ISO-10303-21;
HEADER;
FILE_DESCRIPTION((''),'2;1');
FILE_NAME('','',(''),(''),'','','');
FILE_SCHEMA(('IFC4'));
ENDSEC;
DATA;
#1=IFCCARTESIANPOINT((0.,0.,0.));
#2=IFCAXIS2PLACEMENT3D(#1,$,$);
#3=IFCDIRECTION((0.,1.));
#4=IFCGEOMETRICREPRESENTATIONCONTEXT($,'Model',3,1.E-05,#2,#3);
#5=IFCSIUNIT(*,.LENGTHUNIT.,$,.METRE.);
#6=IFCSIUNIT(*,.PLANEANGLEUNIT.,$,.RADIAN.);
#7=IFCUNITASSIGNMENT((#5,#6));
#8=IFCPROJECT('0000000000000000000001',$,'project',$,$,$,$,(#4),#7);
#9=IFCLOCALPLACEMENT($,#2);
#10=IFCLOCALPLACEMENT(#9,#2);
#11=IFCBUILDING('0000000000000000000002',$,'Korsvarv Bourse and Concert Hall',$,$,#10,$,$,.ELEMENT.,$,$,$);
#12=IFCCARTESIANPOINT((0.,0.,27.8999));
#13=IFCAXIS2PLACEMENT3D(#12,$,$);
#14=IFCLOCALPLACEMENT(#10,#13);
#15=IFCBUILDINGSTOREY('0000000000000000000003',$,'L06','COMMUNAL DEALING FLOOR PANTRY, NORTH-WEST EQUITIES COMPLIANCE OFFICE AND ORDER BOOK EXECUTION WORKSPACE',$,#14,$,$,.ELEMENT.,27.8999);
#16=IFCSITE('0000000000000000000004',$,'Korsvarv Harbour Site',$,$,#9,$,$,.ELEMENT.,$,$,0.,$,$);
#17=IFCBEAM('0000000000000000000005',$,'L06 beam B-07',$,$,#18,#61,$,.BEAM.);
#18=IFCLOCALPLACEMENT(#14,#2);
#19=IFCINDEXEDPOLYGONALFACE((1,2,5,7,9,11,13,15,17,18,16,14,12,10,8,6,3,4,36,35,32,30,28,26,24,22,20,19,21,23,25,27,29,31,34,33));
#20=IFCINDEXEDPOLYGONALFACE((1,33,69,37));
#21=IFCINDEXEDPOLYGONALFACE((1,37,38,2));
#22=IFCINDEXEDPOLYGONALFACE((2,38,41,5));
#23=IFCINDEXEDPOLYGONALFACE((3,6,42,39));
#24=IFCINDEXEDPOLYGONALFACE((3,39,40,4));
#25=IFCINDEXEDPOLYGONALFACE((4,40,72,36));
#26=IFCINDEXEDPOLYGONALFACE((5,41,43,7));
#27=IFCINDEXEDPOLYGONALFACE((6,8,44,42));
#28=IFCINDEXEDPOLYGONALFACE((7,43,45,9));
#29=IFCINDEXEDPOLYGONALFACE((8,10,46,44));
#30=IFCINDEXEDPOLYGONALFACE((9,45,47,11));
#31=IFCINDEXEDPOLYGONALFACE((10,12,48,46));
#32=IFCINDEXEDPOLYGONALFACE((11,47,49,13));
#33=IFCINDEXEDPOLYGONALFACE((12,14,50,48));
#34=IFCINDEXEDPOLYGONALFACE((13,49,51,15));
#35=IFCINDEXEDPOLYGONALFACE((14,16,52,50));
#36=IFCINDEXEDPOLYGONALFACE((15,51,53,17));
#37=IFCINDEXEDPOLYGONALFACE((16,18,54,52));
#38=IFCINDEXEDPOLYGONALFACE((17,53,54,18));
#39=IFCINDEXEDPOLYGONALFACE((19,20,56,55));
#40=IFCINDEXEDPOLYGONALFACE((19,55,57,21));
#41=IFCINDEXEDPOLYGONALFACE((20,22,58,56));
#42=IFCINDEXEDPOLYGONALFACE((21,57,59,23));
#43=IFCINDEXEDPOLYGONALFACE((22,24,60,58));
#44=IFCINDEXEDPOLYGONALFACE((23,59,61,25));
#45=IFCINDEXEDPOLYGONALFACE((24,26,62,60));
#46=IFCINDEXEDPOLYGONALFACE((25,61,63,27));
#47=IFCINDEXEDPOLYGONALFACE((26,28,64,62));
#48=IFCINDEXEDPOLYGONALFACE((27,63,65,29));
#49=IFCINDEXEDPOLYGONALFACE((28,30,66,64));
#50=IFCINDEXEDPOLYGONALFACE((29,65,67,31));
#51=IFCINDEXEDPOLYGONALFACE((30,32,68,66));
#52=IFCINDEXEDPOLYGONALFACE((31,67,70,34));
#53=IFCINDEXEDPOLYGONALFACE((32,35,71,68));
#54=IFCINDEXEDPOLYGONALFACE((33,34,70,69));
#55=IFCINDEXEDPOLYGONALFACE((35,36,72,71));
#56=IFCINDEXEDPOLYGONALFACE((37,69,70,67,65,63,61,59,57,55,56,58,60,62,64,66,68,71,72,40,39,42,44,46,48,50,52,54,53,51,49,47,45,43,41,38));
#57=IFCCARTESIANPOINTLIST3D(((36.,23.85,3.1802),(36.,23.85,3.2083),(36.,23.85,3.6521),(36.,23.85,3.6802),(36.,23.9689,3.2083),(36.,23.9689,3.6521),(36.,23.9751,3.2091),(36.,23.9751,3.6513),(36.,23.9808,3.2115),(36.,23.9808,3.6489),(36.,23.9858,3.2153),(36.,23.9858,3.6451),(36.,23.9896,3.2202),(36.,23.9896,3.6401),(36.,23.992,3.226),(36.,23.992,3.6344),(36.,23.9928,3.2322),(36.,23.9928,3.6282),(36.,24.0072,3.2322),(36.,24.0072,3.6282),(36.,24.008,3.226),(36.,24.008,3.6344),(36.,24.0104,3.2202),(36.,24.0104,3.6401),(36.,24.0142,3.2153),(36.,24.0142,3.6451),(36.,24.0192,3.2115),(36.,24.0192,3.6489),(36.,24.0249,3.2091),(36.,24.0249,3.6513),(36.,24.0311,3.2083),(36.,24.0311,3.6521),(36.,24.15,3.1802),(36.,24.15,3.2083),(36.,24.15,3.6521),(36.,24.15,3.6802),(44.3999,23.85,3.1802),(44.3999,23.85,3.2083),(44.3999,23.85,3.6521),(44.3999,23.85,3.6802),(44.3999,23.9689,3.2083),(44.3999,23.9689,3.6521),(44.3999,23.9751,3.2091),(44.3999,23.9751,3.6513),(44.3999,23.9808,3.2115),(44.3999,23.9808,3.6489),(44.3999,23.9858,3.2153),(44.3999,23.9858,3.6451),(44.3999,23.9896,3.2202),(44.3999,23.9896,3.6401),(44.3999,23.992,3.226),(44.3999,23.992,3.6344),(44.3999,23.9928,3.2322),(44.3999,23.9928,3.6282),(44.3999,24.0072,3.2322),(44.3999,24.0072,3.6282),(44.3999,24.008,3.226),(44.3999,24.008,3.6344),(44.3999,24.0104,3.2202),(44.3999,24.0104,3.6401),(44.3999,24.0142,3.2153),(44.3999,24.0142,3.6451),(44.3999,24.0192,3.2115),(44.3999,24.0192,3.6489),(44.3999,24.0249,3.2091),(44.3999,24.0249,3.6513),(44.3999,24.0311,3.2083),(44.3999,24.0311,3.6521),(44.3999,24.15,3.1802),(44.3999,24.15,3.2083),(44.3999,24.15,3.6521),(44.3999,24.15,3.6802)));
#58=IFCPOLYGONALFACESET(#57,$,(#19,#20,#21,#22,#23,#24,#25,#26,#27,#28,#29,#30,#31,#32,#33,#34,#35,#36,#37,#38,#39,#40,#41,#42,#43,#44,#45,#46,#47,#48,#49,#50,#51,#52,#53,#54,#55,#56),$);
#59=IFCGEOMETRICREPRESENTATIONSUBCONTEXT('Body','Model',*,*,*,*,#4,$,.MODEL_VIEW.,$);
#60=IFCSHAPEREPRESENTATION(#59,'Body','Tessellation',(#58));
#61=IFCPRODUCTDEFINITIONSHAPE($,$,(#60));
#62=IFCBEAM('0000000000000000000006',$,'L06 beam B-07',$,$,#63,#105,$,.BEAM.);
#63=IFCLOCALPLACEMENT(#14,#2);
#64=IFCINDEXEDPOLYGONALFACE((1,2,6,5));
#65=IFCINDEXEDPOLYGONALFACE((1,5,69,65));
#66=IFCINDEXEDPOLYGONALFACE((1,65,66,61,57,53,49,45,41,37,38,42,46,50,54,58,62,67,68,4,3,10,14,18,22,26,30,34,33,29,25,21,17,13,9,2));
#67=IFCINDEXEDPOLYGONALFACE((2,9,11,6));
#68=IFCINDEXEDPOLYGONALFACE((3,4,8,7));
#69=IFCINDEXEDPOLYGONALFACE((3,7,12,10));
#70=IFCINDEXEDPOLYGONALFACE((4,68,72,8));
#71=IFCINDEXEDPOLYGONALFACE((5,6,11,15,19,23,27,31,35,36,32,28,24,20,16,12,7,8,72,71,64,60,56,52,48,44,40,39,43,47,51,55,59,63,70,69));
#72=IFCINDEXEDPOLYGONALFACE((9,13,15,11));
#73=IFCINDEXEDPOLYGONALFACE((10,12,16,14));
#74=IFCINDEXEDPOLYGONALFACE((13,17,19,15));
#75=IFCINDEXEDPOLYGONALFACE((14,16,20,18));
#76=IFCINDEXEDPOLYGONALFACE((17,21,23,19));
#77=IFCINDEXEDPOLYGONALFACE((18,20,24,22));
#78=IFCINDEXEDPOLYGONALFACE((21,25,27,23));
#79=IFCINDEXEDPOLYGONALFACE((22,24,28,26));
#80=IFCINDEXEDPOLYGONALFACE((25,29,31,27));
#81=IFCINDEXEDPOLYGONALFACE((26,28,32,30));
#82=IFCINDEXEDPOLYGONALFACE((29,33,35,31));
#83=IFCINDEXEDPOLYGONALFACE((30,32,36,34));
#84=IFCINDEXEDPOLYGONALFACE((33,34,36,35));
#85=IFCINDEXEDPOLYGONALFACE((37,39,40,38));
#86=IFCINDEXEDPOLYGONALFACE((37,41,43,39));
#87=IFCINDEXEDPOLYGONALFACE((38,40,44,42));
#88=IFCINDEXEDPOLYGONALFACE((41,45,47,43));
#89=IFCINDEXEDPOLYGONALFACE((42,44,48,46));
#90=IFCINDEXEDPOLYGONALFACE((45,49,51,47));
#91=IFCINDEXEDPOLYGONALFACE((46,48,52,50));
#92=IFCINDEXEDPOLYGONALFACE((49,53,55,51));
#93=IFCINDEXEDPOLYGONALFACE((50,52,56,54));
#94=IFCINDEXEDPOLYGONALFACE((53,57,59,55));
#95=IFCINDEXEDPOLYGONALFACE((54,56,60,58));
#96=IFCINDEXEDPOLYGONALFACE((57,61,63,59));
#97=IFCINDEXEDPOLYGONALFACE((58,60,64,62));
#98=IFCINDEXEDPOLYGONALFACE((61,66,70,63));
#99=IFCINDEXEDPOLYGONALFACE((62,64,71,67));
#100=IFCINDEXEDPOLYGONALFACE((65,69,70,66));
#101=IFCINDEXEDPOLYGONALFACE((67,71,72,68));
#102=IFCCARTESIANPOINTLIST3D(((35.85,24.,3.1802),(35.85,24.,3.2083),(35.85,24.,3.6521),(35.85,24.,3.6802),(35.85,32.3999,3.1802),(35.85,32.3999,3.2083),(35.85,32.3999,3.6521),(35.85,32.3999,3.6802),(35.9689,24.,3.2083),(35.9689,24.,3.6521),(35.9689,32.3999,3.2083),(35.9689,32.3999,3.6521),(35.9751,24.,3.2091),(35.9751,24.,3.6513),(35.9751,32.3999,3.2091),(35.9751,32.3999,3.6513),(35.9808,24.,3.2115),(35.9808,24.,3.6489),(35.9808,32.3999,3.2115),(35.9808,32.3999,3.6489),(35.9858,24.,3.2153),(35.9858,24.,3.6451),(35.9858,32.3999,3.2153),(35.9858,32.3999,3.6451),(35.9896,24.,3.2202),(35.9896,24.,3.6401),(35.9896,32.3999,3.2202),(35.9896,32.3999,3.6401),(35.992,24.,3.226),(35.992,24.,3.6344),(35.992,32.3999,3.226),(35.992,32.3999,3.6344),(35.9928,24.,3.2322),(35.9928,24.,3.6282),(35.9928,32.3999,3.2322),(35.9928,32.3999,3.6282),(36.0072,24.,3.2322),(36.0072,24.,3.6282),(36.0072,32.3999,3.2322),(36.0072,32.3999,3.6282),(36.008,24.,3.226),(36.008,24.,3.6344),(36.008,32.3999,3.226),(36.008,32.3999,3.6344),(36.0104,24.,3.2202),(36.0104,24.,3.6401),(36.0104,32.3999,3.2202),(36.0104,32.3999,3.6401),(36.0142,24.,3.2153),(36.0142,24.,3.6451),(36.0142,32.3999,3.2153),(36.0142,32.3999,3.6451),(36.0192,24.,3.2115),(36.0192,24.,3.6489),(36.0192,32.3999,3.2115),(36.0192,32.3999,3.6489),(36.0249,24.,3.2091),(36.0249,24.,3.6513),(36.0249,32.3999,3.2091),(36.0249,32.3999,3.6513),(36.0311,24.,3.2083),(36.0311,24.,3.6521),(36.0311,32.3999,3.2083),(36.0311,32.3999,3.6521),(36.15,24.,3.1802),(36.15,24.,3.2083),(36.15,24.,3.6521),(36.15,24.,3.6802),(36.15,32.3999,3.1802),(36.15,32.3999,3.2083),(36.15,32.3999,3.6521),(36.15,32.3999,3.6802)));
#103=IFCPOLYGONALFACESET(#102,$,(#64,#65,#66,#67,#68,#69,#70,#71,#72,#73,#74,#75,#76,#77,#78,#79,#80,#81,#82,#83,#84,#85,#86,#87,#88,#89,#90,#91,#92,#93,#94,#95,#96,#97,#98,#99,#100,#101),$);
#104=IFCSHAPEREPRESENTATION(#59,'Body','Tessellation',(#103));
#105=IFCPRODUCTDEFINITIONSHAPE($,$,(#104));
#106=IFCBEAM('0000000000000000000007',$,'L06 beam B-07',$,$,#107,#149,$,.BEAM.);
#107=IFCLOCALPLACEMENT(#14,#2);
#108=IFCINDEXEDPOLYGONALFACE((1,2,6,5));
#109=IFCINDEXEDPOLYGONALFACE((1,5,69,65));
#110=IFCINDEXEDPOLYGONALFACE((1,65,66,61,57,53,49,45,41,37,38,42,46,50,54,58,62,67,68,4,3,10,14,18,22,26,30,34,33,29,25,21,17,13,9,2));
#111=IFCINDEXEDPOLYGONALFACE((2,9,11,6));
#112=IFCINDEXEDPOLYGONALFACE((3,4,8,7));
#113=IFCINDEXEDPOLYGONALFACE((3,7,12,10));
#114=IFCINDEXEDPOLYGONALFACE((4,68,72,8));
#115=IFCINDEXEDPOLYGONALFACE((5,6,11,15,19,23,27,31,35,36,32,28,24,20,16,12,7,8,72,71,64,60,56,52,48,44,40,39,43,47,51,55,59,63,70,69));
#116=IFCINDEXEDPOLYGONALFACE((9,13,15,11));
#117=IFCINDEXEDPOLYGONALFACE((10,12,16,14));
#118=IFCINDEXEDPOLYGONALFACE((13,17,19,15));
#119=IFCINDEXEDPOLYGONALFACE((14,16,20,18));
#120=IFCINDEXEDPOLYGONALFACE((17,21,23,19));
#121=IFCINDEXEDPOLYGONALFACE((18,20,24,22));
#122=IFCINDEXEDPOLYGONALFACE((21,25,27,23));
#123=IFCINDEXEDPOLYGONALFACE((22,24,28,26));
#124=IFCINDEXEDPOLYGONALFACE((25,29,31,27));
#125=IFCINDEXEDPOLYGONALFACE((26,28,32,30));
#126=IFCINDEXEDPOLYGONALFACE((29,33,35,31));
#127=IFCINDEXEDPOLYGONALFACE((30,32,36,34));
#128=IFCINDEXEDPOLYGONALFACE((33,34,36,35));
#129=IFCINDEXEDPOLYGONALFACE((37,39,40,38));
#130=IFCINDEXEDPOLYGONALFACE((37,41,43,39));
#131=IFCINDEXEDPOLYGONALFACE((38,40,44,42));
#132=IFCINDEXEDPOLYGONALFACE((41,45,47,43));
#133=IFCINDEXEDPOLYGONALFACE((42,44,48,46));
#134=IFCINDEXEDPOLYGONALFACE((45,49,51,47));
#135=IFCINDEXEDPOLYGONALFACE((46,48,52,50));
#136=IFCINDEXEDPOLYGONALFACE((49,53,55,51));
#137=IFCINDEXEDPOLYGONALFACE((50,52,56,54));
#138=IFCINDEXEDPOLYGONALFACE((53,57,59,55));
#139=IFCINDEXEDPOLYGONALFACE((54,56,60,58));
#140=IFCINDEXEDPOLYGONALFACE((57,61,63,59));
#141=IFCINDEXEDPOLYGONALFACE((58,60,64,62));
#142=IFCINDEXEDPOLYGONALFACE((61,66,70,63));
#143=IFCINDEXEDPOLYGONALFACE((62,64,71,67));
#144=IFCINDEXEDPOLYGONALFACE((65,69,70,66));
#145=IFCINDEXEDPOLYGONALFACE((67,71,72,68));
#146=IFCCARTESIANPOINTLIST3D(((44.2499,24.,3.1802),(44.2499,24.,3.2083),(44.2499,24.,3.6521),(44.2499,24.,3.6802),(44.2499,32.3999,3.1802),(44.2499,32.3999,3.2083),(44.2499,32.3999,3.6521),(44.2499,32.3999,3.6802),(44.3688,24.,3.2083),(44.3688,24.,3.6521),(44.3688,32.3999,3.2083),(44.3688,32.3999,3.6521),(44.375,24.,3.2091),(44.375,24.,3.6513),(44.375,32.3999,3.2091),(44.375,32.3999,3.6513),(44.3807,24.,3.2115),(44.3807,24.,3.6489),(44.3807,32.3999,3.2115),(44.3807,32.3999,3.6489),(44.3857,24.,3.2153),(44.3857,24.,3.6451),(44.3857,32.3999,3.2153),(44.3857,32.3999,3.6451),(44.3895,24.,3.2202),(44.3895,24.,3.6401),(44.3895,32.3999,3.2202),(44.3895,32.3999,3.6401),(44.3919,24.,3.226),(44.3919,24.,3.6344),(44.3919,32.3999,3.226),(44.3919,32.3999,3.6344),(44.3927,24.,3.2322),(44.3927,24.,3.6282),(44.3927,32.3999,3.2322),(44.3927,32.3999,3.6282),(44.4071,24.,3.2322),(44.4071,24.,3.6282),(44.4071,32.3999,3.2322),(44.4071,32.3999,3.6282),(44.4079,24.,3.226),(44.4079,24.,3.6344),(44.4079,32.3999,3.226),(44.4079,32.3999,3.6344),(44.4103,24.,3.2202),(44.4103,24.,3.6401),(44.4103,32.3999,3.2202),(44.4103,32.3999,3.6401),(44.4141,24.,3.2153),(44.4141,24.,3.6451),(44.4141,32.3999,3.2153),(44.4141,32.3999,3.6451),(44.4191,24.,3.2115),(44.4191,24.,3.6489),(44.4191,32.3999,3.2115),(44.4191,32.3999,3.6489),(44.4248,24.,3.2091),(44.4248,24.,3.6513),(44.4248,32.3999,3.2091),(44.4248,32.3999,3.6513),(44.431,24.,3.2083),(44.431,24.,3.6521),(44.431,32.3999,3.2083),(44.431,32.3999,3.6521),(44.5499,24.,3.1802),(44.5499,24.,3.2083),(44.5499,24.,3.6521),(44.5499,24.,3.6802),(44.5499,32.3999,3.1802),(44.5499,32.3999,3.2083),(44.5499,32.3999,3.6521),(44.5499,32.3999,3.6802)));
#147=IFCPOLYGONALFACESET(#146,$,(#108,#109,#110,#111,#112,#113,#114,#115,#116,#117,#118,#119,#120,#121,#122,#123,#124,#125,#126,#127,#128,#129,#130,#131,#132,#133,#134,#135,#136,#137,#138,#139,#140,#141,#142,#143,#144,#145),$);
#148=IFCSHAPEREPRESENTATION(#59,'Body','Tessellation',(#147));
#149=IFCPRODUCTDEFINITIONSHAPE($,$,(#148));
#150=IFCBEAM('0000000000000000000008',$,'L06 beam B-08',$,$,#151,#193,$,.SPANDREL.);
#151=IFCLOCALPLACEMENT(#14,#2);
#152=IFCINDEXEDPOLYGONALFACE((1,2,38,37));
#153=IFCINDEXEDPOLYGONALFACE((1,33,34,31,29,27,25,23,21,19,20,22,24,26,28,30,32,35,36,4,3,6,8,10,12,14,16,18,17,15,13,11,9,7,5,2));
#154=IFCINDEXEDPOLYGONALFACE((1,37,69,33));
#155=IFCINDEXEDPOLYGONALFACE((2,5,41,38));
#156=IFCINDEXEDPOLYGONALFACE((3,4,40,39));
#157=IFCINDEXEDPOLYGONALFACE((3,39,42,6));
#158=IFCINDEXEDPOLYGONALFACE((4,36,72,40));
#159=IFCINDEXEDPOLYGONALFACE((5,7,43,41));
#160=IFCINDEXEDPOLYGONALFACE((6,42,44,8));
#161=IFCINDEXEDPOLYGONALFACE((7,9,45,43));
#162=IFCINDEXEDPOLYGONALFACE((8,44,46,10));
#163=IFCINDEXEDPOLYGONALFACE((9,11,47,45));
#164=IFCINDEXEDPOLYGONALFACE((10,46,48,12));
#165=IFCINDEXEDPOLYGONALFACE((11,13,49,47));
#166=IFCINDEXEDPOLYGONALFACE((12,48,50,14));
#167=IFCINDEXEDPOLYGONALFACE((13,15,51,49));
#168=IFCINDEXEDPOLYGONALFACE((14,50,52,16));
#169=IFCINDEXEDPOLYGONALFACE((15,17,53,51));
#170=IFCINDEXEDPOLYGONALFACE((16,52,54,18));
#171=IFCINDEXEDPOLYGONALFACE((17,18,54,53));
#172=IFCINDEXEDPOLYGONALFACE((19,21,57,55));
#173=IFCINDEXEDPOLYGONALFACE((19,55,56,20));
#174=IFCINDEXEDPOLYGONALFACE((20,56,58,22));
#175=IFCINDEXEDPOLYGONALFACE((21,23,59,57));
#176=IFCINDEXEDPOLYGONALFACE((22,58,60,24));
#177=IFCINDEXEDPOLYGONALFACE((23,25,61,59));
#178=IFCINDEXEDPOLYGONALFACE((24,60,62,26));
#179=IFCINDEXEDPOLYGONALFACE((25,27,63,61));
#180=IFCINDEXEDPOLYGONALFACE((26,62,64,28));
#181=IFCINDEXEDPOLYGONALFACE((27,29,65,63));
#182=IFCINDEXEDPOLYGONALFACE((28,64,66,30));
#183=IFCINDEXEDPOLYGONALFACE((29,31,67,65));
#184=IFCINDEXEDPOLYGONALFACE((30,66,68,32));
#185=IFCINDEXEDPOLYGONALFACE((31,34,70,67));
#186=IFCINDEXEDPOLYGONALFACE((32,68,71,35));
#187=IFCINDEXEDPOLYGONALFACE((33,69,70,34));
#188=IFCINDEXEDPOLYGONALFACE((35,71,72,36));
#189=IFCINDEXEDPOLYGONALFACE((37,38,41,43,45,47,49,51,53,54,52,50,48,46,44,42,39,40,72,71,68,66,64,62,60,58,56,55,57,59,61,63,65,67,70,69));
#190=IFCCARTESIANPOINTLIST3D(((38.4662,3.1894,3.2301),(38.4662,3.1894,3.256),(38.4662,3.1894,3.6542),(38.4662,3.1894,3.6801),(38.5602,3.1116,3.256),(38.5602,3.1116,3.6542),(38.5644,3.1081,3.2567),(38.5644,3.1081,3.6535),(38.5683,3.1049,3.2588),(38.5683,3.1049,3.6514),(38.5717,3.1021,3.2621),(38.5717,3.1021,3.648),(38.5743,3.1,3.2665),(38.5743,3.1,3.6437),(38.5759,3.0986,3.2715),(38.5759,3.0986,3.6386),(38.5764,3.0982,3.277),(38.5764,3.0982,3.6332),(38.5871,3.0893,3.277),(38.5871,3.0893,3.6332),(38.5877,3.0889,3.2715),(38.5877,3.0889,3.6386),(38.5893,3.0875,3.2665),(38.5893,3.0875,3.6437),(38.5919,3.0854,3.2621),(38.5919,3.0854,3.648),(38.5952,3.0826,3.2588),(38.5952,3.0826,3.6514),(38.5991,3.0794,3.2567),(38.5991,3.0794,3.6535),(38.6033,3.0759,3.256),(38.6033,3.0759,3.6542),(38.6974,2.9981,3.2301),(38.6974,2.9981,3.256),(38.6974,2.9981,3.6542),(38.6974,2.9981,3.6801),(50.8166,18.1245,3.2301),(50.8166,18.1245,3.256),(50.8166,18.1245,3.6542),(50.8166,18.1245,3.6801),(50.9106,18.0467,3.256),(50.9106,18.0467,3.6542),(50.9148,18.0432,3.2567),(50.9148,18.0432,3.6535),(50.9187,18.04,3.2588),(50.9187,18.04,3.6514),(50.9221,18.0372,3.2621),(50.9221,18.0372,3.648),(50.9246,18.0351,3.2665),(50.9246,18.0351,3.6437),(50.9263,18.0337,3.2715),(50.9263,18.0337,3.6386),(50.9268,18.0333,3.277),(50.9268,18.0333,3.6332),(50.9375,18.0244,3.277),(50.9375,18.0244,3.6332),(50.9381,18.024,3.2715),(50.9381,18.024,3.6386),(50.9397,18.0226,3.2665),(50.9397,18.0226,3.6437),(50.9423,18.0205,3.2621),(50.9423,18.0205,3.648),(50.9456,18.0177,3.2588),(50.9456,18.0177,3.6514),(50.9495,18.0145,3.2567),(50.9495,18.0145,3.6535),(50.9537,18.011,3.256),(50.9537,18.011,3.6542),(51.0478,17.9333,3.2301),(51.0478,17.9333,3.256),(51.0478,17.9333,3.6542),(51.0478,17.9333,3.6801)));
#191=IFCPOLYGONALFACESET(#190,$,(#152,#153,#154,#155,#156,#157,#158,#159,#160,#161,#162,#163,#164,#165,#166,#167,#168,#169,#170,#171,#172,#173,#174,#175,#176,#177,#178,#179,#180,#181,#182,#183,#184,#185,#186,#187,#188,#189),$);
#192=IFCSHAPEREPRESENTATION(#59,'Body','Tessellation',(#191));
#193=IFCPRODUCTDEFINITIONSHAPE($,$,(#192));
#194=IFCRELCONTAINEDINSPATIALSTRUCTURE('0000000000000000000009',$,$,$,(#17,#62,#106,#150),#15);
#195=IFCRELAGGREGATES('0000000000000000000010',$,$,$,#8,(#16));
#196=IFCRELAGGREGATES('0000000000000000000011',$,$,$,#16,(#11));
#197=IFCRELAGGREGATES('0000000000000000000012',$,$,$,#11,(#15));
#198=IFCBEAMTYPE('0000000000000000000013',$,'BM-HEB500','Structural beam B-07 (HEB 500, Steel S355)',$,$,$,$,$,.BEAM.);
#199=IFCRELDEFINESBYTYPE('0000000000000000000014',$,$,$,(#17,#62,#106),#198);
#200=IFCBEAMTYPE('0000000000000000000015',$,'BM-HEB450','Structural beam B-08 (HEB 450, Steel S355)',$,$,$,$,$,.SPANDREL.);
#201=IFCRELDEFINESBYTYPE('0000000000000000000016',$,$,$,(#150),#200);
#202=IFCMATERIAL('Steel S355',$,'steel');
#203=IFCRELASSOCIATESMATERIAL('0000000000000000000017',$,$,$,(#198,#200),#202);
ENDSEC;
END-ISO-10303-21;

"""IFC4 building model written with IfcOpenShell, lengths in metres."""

from ifc_helpers import new_model, si_unit, direction, frame, origin, origin_2d, place, context, subcontext, project, spatial, i_section, extrude, source, transform, mapped, material, material_profile, profile_set, type_object, element, save


model = new_model("IFC4")

# Units and contexts
model_context = context("Model", 3, precision=1e-05, world=origin(), true_north=direction((0.0, 1.0)))
body_context = subcontext(model_context, "Body", "Model", "MODEL_VIEW")
ifc_project = project(units=[si_unit("LENGTHUNIT", "METRE"), si_unit("PLANEANGLEUNIT", "RADIAN")], contexts=[model_context])

# Site, building, storey
site_placement = place(None, origin())
site = spatial("IfcSite", under=ifc_project, at=site_placement, Name="Korsvarv Harbour Site", CompositionType="ELEMENT", RefElevation=0.0)
building_placement = place(site_placement, origin())
building = spatial("IfcBuilding", under=site, at=building_placement, Name="Korsvarv Bourse and Concert Hall", CompositionType="ELEMENT")
storey_placement = place(building_placement, frame((0.0, 0.0, 27.8999)))
storey = spatial("IfcBuildingStorey", under=building, at=storey_placement, Name="L06", Description="COMMUNAL DEALING FLOOR PANTRY, NORTH-WEST EQUITIES COMPLIANCE OFFICE AND ORDER BOOK EXECUTION WORKSPACE", CompositionType="ELEMENT", Elevation=27.8999)

# Beams
ifc_material_1 = material(Name="Steel S355", Category="steel")
ifc_material_profile_1 = material_profile(ifc_material_1, i_section(OverallWidth=0.3, OverallDepth=0.5, WebThickness=0.0144, FlangeThickness=0.0281, FilletRadius=0.0239, at=origin_2d()), Name="HEB 500")
ifc_profile_set_1 = profile_set([ifc_material_profile_1], Name="Steel S355")
beam_type_1 = type_object("IfcBeamType", Name="BM-HEB500", Description="Structural beam B-07 (HEB 500, Steel S355)", PredefinedType="BEAM", material=ifc_profile_set_1)
shared_shape_1 = source(origin(), body_context, "Body", "SweptSolid", [
    extrude(i_section(OverallWidth=0.3, OverallDepth=0.5, WebThickness=0.0144, FlangeThickness=0.0281, FilletRadius=0.0239, at=origin_2d()), origin(), (0.0, 0.0, 1.0), 8.3999),
])
for number, where, z_axis, x_axis, name in (
    (1, (36.0, 24.0, 3.4302), (1.0, 0.0, 0.0), (0.0, 1.0, 0.0), "L06 beam B-07"),
    (2, (36.0, 24.0, 3.4302), (0.0, 1.0, 0.0), (-1.0, 0.0, 0.0), "L06 beam B-07"),
    (3, (44.3999, 24.0, 3.4302), (0.0, 1.0, 0.0), (-1.0, 0.0, 0.0), "L06 beam B-07"),
):
    element("IfcBeam", number, at=place(storey_placement, frame(where, z_axis=z_axis, x_axis=x_axis)), inside=storey, type_object=beam_type_1, Name=name, PredefinedType="BEAM", context=body_context, shape_type="MappedRepresentation", body=[
        mapped(shared_shape_1, transform((0.0, 0.0, 0.0), scale=1.0)),
    ])
ifc_material_profile_2 = material_profile(ifc_material_1, i_section(OverallWidth=0.3, OverallDepth=0.45, WebThickness=0.0139, FlangeThickness=0.0259, FilletRadius=0.021, at=origin_2d()), Name="HEB 450")
ifc_profile_set_2 = profile_set([ifc_material_profile_2], Name="Steel S355")
beam_type_2 = type_object("IfcBeamType", Name="BM-HEB450", Description="Structural beam B-08 (HEB 450, Steel S355)", PredefinedType="SPANDREL", material=ifc_profile_set_2)
shared_shape_2 = source(origin(), body_context, "Body", "SweptSolid", [
    extrude(i_section(OverallWidth=0.3, OverallDepth=0.45, WebThickness=0.0139, FlangeThickness=0.0259, FilletRadius=0.021, at=origin_2d()), origin(), (0.0, 0.0, 1.0), 19.3801),
])
beam_1_placement = place(storey_placement, frame((38.5818, 3.0938, 3.4551), z_axis=(0.63727, 0.77064, 0.0), x_axis=(-0.77064, 0.63727, 0.0)))
element("IfcBeam", 4, at=beam_1_placement, inside=storey, type_object=beam_type_2, Name="L06 beam B-08", PredefinedType="SPANDREL", context=body_context, shape_type="MappedRepresentation", body=[
    mapped(shared_shape_2, transform((0.0, 0.0, 0.0), scale=1.0)),
])

save(model, "model.ifc")
